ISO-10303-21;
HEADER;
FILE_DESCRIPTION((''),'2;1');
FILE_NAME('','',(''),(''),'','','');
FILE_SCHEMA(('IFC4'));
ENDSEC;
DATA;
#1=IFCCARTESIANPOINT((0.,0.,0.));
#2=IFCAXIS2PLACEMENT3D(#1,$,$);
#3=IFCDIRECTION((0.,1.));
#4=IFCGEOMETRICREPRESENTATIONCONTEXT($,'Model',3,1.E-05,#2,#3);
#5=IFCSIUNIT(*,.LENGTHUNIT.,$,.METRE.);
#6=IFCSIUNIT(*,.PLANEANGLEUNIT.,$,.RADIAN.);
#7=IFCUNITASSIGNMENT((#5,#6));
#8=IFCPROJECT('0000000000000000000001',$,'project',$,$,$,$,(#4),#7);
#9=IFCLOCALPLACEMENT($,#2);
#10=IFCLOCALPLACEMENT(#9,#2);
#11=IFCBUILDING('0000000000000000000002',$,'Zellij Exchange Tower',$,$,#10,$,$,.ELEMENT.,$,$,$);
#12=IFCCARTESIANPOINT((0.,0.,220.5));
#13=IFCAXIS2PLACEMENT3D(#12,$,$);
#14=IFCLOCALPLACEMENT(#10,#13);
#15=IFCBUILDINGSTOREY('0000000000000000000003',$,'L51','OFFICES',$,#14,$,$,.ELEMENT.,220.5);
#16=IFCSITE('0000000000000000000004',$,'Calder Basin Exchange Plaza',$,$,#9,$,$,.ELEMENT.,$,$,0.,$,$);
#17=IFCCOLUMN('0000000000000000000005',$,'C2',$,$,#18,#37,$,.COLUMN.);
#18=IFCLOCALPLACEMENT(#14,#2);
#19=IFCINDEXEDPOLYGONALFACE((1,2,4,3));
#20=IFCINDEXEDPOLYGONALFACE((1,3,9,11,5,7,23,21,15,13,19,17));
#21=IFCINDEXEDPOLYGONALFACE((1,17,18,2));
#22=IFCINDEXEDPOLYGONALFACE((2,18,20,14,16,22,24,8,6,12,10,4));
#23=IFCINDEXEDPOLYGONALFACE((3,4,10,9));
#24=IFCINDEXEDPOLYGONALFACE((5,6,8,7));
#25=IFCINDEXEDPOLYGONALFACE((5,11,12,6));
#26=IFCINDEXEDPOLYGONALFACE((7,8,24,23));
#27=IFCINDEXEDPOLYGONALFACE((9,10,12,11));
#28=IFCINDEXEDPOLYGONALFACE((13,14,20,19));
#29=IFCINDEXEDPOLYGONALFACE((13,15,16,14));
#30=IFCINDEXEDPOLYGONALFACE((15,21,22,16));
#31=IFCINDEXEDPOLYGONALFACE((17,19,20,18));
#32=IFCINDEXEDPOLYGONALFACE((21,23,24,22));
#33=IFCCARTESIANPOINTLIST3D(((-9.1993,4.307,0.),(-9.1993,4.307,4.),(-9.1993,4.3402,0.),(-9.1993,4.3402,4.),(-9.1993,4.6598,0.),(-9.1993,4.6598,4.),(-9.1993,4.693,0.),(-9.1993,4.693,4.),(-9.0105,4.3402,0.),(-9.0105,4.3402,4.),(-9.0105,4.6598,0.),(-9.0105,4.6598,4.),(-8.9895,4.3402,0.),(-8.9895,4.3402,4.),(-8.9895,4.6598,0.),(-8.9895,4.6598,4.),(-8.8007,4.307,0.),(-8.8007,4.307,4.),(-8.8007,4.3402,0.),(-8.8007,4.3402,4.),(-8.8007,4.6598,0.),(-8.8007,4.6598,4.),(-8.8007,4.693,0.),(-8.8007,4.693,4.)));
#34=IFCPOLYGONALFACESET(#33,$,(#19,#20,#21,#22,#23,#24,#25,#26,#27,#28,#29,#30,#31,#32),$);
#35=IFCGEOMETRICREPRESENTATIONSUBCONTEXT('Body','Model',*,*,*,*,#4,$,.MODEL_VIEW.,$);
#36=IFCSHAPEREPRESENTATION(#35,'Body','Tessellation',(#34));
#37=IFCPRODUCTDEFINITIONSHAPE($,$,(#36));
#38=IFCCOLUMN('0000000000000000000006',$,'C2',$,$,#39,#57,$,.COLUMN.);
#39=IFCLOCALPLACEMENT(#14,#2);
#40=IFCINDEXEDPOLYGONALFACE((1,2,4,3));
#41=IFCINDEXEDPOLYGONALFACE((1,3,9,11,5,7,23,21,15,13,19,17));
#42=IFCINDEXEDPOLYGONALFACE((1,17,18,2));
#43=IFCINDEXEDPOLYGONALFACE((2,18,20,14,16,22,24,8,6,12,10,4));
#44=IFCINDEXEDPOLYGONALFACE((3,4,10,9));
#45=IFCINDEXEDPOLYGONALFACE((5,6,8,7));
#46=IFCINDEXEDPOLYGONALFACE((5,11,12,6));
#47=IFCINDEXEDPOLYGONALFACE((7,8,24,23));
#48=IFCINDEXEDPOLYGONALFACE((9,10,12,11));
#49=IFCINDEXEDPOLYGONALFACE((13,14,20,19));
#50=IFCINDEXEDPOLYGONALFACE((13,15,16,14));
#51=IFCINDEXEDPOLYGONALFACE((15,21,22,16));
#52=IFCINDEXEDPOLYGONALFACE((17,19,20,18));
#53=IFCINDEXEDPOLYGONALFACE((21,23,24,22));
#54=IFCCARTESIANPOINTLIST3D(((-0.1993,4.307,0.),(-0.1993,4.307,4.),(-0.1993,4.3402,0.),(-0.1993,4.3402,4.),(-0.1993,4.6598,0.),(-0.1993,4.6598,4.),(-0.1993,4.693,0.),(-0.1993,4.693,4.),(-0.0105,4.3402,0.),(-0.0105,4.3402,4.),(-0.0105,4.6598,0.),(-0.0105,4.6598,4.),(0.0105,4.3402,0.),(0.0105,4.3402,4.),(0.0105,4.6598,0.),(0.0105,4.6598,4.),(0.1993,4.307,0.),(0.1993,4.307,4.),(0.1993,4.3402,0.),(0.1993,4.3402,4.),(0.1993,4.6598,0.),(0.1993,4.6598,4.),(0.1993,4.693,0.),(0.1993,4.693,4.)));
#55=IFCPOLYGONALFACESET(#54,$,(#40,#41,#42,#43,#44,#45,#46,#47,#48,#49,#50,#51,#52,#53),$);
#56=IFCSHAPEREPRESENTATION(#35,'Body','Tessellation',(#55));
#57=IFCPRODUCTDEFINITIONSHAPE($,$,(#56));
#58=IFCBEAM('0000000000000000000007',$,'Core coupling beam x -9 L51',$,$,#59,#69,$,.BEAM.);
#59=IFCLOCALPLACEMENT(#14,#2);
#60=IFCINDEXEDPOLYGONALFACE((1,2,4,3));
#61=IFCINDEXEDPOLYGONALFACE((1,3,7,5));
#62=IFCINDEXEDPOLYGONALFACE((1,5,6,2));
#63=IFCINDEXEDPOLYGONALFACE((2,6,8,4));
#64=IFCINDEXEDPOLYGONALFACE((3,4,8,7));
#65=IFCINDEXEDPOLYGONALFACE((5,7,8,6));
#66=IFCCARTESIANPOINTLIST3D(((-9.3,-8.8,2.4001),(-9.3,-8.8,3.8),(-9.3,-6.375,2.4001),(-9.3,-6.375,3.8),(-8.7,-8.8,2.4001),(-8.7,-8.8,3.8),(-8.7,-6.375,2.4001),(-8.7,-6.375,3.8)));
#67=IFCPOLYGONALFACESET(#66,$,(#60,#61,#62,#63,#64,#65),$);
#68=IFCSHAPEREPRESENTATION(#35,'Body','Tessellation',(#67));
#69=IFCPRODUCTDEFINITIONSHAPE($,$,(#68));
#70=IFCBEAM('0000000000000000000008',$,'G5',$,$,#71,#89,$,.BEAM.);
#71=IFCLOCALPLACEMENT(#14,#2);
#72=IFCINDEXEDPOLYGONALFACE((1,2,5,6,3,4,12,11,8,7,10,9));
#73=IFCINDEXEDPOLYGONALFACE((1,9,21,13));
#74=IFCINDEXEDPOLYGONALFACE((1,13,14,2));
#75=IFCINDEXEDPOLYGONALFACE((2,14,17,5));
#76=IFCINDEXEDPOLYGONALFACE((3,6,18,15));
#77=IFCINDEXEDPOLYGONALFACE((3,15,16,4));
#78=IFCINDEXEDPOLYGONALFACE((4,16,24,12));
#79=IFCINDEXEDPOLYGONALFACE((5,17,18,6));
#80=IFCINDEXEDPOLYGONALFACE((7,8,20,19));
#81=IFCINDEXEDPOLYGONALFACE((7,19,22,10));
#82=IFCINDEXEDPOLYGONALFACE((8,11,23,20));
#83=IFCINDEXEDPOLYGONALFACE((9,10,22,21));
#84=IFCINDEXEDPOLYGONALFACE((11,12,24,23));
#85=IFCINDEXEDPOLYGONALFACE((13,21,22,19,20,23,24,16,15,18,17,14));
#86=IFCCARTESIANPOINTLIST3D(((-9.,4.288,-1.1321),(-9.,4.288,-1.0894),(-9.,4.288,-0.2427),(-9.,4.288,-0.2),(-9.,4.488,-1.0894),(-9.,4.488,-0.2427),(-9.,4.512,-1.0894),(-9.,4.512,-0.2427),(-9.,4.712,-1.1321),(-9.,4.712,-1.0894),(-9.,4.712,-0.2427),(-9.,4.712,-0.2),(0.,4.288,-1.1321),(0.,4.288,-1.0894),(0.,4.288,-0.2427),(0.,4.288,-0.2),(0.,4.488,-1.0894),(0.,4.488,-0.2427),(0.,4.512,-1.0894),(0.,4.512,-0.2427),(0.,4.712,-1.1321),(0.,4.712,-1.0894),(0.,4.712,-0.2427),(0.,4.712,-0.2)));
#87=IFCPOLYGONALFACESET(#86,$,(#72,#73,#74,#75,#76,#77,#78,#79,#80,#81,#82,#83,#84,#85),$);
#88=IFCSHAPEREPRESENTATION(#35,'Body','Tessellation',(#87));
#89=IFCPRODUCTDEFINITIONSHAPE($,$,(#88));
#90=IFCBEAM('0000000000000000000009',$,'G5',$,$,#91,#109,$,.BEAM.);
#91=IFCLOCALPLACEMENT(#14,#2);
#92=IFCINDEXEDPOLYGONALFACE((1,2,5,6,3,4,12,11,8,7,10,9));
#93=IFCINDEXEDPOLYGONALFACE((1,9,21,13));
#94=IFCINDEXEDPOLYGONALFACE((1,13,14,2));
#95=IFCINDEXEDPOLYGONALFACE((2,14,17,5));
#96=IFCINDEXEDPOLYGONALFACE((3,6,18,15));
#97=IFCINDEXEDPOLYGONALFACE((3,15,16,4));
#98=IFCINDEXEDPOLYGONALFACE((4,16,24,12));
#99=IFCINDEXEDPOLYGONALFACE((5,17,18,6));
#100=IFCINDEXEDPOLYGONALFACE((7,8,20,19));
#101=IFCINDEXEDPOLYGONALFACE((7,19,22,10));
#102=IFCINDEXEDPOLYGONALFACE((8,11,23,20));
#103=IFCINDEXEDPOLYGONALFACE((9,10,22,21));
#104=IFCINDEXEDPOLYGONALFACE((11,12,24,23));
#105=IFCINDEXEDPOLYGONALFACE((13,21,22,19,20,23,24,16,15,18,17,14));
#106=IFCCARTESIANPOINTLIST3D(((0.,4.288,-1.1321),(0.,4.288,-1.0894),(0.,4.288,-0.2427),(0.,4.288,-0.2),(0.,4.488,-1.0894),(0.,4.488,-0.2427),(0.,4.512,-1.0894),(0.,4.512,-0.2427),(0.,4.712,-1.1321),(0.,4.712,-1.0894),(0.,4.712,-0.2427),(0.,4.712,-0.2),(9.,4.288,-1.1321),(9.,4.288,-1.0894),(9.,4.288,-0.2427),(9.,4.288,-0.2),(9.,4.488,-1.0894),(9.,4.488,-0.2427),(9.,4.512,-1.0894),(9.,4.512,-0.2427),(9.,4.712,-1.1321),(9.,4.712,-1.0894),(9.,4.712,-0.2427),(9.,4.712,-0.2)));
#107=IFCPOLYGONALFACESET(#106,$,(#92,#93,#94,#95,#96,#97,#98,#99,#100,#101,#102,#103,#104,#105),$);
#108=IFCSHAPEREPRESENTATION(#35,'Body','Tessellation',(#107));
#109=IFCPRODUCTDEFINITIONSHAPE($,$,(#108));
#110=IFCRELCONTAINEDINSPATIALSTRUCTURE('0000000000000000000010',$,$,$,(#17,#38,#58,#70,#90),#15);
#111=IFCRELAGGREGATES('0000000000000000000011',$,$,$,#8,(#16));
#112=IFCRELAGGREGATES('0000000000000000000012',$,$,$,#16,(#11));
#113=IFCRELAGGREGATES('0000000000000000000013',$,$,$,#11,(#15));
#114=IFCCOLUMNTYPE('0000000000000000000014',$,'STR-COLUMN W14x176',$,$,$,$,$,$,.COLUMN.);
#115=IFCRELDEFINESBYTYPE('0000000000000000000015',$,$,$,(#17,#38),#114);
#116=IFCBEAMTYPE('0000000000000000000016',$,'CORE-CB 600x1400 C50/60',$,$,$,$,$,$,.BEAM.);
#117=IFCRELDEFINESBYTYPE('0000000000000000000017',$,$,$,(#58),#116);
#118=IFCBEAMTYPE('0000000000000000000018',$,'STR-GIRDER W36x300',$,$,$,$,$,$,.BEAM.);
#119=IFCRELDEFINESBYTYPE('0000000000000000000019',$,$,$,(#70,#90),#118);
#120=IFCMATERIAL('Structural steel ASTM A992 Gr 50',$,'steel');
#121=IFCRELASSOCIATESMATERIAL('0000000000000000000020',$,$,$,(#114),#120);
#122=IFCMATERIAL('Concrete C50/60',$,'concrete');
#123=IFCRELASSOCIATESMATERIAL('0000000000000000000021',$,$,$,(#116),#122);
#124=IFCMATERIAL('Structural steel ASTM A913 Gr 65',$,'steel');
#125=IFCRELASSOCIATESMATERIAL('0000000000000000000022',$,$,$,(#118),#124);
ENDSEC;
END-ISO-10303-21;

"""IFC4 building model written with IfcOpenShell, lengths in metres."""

from ifc_helpers import new_model, si_unit, direction, frame, origin, origin_2d, place, context, subcontext, project, spatial, rectangle, i_section, extrude, material, material_profile, profile_set, type_object, element, save


model = new_model("IFC4")

# Units and contexts
model_context = context("Model", 3, precision=1e-05, world=origin(), true_north=direction((0.0, 1.0)))
body_context = subcontext(model_context, "Body", "Model", "MODEL_VIEW")
ifc_project = project(units=[si_unit("LENGTHUNIT", "METRE"), si_unit("PLANEANGLEUNIT", "RADIAN")], contexts=[model_context])

# Site, building, storey
site_placement = place(None, origin())
site = spatial("IfcSite", under=ifc_project, at=site_placement, Name="Calder Basin Exchange Plaza", CompositionType="ELEMENT", RefElevation=0.0)
building_placement = place(site_placement, origin())
building = spatial("IfcBuilding", under=site, at=building_placement, Name="Zellij Exchange Tower", CompositionType="ELEMENT")
storey_placement = place(building_placement, frame((0.0, 0.0, 220.5)))
storey = spatial("IfcBuildingStorey", under=building, at=storey_placement, Name="L51", Description="OFFICES", CompositionType="ELEMENT", Elevation=220.5)

# Columns
ifc_material_1 = material(Name="Structural steel ASTM A992 Gr 50", Category="steel")
ifc_material_profile_1 = material_profile(ifc_material_1, i_section(OverallWidth=0.3987, OverallDepth=0.386, WebThickness=0.021, FlangeThickness=0.0332, at=origin_2d()), Name="W14x176")
ifc_profile_set_1 = profile_set([ifc_material_profile_1], Name="Structural steel ASTM A992 Gr 50")
column_type = type_object("IfcColumnType", Name="STR-COLUMN W14x176", PredefinedType="COLUMN", material=ifc_profile_set_1)
for number, where, z_axis, x_axis, name in (
    (1, (-9.0, 4.5, 0.0), (0.0, 0.0, 1.0), (1.0, 0.0, 0.0), "C2"),
    (2, (0.0, 4.5, 0.0), (0.0, 0.0, 1.0), (1.0, 0.0, 0.0), "C2"),
):
    element("IfcColumn", number, at=place(storey_placement, frame(where, z_axis=z_axis, x_axis=x_axis)), inside=storey, type_object=column_type, Name=name, PredefinedType="COLUMN", context=body_context, shape_type="SweptSolid", body=[
        extrude(i_section(OverallWidth=0.3987, OverallDepth=0.386, WebThickness=0.021, FlangeThickness=0.0332, at=origin_2d()), origin(), (0.0, 0.0, 1.0), 4.0),
    ])

# Beams
ifc_material_2 = material(Name="Concrete C50/60", Category="concrete")
ifc_material_profile_2 = material_profile(ifc_material_2, rectangle(XDim=0.6001, YDim=1.3999, at=origin_2d()), Name="CORE-CB 600x1400 C50/60")
ifc_profile_set_2 = profile_set([ifc_material_profile_2], Name="Concrete C50/60")
beam_type_1 = type_object("IfcBeamType", Name="CORE-CB 600x1400 C50/60", PredefinedType="BEAM", material=ifc_profile_set_2)
beam_placement = place(storey_placement, frame((-9.0, -8.8, 3.1001), z_axis=(0.0, 1.0, 0.0), x_axis=(-1.0, 0.0, 0.0)))
element("IfcBeam", 3, at=beam_placement, inside=storey, type_object=beam_type_1, Name="Core coupling beam x -9 L51", PredefinedType="BEAM", context=body_context, shape_type="SweptSolid", body=[
    extrude(rectangle(XDim=0.6001, YDim=1.3999, at=origin_2d()), origin(), (0.0, 0.0, 1.0), 2.425),
])
ifc_material_3 = material(Name="Structural steel ASTM A913 Gr 65", Category="steel")
ifc_material_profile_3 = material_profile(ifc_material_3, i_section(OverallWidth=0.4241, OverallDepth=0.9321, WebThickness=0.0239, FlangeThickness=0.0427, at=origin_2d()), Name="W36x300")
ifc_profile_set_3 = profile_set([ifc_material_profile_3], Name="Structural steel ASTM A913 Gr 65")
beam_type_2 = type_object("IfcBeamType", Name="STR-GIRDER W36x300", PredefinedType="BEAM", material=ifc_profile_set_3)
for number, where, z_axis, x_axis, name in (
    (4, (-9.0, 4.5, -0.666), (1.0, 0.0, 0.0), (0.0, 1.0, 0.0), "G5"),
    (5, (0.0, 4.5, -0.666), (1.0, 0.0, 0.0), (0.0, 1.0, 0.0), "G5"),
):
    element("IfcBeam", number, at=place(storey_placement, frame(where, z_axis=z_axis, x_axis=x_axis)), inside=storey, type_object=beam_type_2, Name=name, PredefinedType="BEAM", context=body_context, shape_type="SweptSolid", body=[
        extrude(i_section(OverallWidth=0.4241, OverallDepth=0.9321, WebThickness=0.0239, FlangeThickness=0.0427, at=origin_2d()), origin(), (0.0, 0.0, 1.0), 9.0),
    ])

save(model, "model.ifc")
